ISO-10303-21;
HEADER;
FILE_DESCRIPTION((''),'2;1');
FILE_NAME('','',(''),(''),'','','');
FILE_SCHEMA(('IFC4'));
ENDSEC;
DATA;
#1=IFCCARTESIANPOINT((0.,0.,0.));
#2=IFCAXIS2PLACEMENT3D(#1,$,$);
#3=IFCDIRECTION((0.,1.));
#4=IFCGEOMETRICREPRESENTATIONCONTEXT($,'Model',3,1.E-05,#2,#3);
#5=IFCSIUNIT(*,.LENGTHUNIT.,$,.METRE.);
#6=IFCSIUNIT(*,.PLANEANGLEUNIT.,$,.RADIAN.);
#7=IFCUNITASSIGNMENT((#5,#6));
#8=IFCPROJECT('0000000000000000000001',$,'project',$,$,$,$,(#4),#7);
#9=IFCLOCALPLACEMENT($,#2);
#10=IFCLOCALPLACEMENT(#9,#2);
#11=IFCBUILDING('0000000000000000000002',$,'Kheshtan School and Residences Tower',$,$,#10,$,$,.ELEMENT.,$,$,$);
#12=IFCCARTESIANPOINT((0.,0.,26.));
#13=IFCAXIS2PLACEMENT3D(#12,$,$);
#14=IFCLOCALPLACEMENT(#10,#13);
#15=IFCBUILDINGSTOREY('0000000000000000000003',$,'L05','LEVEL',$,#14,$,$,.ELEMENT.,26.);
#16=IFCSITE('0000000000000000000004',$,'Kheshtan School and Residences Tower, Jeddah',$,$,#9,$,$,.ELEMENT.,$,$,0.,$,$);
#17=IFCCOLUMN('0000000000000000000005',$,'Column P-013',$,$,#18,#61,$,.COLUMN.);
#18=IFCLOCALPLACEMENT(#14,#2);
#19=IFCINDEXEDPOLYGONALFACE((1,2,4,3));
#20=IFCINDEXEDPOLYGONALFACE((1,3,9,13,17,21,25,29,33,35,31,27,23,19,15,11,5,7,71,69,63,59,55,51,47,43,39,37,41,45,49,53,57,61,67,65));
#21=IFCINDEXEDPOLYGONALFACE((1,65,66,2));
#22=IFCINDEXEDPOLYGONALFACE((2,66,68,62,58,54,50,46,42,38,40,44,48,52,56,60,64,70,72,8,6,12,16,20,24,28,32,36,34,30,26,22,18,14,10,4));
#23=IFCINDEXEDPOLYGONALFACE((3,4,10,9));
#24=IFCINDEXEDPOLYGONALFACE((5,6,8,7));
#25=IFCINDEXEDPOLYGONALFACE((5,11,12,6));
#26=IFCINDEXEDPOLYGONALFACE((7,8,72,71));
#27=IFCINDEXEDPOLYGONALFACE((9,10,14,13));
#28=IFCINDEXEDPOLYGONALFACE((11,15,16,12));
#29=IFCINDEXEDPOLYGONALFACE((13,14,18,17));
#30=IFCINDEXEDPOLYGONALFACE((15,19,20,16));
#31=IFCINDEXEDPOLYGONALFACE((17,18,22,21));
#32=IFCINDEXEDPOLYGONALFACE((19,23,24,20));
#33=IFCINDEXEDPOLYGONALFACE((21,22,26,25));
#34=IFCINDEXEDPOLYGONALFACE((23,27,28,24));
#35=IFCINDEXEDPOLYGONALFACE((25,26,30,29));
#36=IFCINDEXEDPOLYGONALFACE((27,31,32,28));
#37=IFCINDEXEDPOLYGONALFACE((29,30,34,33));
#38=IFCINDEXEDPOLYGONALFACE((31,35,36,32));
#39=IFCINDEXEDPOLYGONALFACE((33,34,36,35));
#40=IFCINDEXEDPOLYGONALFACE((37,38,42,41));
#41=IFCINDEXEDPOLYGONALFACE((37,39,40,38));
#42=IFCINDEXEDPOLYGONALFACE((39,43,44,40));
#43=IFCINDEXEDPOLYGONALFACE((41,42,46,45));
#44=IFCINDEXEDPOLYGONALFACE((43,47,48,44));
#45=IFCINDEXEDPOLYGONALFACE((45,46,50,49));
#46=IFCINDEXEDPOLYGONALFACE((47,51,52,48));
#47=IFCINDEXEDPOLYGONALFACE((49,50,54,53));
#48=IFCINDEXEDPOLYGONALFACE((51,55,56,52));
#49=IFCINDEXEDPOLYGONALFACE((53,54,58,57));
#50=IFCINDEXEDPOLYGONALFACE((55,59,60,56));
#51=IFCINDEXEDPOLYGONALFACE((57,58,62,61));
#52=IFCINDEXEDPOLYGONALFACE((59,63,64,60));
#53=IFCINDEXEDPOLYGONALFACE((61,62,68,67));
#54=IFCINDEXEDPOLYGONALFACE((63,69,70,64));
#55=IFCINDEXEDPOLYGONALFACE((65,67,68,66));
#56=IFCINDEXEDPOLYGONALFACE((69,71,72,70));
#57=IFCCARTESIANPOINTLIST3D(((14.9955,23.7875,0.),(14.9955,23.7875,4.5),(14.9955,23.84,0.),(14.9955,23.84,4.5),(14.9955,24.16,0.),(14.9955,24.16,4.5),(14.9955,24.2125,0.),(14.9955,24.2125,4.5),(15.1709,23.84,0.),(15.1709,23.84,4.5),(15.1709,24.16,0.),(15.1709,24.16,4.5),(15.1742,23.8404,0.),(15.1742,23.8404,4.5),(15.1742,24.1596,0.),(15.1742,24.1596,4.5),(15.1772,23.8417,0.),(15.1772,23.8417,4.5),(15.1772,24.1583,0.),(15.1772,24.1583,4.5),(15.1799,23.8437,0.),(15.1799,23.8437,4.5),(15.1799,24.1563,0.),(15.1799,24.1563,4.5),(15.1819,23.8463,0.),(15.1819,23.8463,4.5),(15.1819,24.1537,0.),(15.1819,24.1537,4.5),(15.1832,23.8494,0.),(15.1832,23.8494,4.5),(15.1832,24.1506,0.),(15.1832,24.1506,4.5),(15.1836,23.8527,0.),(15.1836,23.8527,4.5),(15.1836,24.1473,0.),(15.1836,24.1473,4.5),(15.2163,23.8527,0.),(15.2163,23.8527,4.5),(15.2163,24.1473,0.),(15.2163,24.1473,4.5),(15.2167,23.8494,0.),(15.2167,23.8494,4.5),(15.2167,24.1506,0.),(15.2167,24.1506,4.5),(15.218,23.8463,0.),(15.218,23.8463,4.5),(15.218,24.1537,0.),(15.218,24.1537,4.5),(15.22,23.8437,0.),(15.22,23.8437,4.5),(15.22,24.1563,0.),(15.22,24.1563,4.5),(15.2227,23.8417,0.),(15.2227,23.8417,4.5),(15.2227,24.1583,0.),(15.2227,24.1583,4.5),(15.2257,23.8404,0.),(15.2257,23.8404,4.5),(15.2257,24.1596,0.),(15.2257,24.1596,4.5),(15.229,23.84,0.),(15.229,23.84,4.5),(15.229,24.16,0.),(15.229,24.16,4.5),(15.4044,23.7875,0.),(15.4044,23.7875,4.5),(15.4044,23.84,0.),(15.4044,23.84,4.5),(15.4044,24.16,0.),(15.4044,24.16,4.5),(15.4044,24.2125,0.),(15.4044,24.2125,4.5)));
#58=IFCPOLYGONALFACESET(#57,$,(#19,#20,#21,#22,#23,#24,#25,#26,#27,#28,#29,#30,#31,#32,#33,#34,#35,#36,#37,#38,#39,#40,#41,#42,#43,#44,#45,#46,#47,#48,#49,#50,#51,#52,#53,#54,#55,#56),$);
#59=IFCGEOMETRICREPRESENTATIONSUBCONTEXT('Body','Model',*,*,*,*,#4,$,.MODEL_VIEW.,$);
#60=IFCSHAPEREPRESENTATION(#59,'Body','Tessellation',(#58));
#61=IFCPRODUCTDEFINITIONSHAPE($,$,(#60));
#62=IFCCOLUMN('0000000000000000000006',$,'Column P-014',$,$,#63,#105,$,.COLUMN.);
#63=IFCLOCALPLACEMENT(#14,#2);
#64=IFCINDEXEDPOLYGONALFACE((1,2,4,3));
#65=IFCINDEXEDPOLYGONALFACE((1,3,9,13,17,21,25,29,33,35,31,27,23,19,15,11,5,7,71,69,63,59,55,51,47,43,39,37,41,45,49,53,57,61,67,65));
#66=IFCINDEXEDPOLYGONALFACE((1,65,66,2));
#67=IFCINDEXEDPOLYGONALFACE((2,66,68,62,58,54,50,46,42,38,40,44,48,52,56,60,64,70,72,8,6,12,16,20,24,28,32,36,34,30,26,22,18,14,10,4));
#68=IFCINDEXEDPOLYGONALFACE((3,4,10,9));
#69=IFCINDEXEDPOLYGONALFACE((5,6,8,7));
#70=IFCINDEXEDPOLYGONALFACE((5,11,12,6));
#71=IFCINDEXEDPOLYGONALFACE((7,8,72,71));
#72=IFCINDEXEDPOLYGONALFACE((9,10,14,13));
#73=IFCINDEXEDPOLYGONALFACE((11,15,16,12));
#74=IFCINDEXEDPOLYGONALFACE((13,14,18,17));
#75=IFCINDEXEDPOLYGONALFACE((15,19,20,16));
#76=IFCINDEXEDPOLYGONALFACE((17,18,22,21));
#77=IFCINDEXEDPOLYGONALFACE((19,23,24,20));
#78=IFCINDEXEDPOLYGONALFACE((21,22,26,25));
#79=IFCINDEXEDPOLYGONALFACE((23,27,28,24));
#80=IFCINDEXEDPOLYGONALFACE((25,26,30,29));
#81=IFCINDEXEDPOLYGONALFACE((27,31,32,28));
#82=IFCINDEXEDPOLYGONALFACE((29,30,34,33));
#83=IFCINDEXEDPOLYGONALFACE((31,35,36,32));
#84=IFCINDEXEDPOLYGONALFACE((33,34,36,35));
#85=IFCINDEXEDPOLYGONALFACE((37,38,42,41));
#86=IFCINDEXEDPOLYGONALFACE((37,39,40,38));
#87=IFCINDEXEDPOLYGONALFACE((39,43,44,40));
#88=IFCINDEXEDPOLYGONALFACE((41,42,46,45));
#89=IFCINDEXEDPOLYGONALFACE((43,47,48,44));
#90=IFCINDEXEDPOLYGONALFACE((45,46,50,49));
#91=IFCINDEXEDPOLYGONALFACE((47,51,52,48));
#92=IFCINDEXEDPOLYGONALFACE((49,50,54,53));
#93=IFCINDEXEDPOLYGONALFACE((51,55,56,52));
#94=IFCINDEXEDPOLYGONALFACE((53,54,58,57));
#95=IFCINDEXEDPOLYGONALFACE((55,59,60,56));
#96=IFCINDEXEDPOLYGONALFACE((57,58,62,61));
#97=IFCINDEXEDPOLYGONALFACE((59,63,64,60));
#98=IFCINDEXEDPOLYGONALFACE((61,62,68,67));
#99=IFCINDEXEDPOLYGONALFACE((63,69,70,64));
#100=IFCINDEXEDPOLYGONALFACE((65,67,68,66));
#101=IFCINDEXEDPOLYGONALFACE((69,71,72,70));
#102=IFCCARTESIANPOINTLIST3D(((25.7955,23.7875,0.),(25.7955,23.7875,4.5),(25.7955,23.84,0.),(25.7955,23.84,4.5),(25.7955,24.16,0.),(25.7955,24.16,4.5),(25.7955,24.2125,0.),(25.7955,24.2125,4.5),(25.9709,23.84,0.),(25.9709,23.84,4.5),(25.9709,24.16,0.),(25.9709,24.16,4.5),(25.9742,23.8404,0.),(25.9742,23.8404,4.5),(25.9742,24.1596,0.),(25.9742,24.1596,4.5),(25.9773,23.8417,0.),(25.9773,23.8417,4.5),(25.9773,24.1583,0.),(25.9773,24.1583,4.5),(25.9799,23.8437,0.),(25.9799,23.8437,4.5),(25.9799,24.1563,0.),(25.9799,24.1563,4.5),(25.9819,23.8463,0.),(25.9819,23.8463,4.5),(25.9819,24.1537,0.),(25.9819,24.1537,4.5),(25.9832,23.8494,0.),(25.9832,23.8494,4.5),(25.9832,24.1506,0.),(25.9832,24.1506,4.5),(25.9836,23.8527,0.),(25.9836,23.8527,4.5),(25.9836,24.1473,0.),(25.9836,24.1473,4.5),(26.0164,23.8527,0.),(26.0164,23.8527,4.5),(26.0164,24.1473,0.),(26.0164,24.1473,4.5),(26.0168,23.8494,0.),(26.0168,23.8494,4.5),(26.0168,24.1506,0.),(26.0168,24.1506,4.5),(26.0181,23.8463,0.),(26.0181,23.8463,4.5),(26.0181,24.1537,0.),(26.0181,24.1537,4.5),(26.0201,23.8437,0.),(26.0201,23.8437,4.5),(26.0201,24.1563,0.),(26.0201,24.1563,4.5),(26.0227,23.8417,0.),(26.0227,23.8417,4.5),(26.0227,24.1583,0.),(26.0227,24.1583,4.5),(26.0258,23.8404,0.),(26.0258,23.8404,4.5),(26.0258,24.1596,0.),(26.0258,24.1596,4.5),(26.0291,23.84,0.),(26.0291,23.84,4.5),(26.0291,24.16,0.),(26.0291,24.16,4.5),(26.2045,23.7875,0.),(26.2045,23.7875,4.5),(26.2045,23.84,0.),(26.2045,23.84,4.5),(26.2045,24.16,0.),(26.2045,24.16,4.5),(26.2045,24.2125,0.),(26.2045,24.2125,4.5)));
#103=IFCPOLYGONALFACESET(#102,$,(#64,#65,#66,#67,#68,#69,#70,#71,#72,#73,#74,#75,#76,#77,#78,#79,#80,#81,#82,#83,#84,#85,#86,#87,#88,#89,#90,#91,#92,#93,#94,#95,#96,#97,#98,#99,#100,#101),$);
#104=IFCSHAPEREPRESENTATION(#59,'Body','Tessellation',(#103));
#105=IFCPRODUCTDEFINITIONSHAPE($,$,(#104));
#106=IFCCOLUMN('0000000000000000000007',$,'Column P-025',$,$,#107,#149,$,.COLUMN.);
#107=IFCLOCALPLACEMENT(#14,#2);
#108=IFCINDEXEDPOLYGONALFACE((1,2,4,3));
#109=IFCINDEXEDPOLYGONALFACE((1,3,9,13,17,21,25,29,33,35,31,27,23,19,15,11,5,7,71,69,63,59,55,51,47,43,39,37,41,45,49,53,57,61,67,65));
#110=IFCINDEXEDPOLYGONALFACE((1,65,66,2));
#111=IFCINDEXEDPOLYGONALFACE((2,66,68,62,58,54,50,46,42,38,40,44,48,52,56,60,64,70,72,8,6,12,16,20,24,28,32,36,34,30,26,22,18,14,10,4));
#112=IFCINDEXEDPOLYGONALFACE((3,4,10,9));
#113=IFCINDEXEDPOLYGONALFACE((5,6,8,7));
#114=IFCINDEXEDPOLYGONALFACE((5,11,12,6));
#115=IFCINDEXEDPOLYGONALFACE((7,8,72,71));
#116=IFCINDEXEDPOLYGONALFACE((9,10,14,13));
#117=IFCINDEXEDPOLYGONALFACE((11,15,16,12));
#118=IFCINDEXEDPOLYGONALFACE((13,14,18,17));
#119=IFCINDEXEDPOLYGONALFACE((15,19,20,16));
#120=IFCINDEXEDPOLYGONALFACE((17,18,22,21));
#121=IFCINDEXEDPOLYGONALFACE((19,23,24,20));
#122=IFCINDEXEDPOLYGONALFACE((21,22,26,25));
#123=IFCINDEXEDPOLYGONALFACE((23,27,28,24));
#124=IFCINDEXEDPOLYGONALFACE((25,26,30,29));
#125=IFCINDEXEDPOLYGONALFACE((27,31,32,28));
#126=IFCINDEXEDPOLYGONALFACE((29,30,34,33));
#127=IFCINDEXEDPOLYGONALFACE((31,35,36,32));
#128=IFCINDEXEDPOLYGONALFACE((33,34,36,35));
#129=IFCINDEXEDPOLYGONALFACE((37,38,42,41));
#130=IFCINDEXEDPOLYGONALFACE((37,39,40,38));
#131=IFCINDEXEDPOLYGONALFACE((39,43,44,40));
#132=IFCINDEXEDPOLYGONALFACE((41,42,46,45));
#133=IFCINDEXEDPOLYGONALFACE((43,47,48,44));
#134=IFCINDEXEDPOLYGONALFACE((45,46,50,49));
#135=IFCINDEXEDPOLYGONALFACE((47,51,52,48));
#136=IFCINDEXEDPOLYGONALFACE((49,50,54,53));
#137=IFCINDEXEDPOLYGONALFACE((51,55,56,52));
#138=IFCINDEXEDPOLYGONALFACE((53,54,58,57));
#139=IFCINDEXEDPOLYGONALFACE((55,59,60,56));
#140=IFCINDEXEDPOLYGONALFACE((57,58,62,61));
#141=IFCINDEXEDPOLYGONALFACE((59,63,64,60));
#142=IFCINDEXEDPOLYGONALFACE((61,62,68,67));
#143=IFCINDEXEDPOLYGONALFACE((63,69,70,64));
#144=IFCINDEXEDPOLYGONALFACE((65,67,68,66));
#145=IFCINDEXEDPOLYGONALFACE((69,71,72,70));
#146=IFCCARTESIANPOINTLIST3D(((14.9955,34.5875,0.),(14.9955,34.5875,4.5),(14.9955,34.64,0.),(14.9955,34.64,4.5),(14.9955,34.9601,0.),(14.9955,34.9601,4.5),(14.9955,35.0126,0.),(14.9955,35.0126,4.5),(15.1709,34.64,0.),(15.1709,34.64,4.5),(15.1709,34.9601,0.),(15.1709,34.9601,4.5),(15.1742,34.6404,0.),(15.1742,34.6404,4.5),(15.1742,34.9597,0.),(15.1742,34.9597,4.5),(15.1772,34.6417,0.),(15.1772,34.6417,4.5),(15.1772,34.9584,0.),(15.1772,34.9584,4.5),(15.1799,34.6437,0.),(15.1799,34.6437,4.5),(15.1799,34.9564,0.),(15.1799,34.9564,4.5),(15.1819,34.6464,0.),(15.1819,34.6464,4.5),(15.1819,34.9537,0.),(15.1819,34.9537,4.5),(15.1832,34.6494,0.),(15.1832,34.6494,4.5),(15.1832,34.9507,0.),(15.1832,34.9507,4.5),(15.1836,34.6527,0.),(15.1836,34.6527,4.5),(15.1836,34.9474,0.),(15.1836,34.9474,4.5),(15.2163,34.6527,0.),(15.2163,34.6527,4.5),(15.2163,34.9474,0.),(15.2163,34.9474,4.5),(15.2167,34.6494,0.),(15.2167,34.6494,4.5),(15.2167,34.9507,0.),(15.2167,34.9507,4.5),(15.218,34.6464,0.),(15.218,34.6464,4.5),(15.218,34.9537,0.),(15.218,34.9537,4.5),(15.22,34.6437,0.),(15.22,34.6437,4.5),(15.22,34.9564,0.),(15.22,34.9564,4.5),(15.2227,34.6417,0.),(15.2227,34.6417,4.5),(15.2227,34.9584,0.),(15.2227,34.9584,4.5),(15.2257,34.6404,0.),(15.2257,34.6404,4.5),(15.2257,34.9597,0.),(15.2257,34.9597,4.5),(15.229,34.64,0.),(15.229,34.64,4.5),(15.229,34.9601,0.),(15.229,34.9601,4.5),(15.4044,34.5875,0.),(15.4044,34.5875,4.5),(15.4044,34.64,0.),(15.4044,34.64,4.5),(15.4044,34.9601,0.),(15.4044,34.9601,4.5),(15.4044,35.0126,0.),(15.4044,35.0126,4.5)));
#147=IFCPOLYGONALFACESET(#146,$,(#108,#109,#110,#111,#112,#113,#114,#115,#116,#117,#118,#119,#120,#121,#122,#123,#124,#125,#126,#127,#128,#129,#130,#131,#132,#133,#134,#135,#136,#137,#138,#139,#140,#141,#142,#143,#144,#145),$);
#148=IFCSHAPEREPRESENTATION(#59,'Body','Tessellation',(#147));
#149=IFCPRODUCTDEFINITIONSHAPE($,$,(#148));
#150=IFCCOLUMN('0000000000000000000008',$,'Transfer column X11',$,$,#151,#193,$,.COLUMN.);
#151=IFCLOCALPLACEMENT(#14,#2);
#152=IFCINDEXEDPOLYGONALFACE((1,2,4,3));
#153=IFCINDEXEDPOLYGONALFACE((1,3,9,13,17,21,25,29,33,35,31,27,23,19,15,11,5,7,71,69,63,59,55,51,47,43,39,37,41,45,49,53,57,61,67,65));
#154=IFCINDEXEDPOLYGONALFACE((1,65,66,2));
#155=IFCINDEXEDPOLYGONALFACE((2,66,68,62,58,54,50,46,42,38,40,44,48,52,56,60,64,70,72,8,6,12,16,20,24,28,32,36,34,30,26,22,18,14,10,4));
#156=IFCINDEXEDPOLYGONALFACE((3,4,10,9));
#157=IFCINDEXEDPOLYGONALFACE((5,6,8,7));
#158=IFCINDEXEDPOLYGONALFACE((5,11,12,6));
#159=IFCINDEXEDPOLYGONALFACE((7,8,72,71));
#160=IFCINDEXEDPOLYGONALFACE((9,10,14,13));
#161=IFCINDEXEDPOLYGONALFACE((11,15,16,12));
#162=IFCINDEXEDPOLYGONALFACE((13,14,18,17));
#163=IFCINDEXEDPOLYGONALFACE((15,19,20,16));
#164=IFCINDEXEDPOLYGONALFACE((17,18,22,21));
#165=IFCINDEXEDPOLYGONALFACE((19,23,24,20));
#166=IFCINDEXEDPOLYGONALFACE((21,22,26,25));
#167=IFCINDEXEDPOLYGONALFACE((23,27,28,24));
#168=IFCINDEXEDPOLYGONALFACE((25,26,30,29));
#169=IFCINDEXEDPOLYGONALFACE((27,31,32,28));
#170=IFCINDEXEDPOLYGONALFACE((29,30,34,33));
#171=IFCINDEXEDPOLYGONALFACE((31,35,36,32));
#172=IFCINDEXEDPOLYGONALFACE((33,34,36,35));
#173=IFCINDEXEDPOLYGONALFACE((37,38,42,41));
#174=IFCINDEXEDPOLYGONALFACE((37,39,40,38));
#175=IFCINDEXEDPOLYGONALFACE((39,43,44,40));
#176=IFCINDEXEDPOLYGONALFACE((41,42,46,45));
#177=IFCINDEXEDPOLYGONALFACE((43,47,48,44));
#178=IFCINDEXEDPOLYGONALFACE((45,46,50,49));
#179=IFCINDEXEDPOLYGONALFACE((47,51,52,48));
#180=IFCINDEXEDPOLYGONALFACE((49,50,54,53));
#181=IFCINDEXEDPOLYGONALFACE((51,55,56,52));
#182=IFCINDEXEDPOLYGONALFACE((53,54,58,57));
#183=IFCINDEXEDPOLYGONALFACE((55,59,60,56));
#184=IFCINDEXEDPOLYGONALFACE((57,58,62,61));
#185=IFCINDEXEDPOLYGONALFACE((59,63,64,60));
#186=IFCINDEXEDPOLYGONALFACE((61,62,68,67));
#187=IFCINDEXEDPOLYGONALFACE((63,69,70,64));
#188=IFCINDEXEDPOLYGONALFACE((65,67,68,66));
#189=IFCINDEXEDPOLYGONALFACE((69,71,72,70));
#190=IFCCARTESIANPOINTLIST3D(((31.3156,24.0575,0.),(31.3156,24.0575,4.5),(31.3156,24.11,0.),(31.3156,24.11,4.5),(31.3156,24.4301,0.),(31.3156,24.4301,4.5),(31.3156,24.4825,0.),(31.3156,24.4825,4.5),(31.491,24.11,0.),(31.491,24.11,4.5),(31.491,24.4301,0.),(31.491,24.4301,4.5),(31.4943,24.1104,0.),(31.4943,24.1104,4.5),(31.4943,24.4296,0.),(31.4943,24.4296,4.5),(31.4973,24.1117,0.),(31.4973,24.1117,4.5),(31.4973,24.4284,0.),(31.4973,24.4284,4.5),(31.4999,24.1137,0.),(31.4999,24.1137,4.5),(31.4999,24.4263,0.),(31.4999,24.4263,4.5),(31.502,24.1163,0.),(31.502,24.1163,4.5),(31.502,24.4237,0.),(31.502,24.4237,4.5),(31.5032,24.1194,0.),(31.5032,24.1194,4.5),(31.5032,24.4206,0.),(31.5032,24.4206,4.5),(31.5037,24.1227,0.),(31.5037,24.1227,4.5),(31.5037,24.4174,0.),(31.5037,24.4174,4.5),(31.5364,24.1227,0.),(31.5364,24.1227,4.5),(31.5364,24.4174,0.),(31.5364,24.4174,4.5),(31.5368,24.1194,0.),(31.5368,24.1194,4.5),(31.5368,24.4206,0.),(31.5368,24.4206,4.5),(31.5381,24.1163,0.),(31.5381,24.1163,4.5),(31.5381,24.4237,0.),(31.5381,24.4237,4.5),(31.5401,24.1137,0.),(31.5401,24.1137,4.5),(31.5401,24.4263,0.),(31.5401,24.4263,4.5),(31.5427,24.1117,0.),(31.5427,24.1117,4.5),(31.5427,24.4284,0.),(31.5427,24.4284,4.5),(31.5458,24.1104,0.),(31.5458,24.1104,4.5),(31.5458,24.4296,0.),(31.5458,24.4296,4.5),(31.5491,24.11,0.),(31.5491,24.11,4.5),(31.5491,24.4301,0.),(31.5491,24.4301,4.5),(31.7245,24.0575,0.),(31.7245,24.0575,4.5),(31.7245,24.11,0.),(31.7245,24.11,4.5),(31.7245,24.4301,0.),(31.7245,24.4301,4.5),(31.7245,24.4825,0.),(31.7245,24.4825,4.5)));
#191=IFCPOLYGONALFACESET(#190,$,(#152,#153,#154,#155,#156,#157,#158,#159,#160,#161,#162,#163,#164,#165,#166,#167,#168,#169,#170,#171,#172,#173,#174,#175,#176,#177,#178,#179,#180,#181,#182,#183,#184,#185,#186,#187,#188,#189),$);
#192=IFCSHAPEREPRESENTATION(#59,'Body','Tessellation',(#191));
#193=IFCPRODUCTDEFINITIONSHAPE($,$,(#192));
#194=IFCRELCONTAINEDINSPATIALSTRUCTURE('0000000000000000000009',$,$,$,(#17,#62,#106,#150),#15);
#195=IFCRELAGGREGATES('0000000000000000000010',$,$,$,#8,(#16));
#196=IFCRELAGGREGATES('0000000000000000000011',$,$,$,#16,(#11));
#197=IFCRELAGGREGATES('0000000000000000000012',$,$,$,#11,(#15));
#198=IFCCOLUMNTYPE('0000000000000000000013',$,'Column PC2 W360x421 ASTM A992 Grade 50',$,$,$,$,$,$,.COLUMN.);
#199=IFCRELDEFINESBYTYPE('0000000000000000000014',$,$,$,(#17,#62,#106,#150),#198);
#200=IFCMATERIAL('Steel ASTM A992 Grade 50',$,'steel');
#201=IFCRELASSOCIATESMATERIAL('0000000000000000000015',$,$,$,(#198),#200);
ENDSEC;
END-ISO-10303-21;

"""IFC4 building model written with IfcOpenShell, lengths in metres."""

from ifc_helpers import new_model, si_unit, direction, frame, origin, origin_2d, place, context, subcontext, project, spatial, i_section, extrude, material, material_profile, profile_set, type_object, element, save


model = new_model("IFC4")

# Units and contexts
model_context = context("Model", 3, precision=1e-05, world=origin(), true_north=direction((0.0, 1.0)))
body_context = subcontext(model_context, "Body", "Model", "MODEL_VIEW")
ifc_project = project(units=[si_unit("LENGTHUNIT", "METRE"), si_unit("PLANEANGLEUNIT", "RADIAN")], contexts=[model_context])

# Site, building, storey
site_placement = place(None, origin())
site = spatial("IfcSite", under=ifc_project, at=site_placement, Name="Kheshtan School and Residences Tower, Jeddah", CompositionType="ELEMENT", RefElevation=0.0)
building_placement = place(site_placement, origin())
building = spatial("IfcBuilding", under=site, at=building_placement, Name="Kheshtan School and Residences Tower", CompositionType="ELEMENT")
storey_placement = place(building_placement, frame((0.0, 0.0, 26.0)))
storey = spatial("IfcBuildingStorey", under=building, at=storey_placement, Name="L05", Description="LEVEL", CompositionType="ELEMENT", Elevation=26.0)

# Columns
ifc_material_1 = material(Name="Steel ASTM A992 Grade 50", Category="steel")
ifc_material_profile_1 = material_profile(ifc_material_1, i_section(OverallWidth=0.4089, OverallDepth=0.425, WebThickness=0.0327, FlangeThickness=0.0525, FilletRadius=0.0127, at=origin_2d()), Name="W360x421")
ifc_profile_set_1 = profile_set([ifc_material_profile_1], Name="Steel ASTM A992 Grade 50")
column_type = type_object("IfcColumnType", Name="Column PC2 W360x421 ASTM A992 Grade 50", PredefinedType="COLUMN", material=ifc_profile_set_1)
for number, where, z_axis, x_axis, name in (
    (1, (15.2, 24.0, 0.0), (0.0, 0.0, 1.0), (1.0, 0.0, 0.0), "Column P-013"),
    (2, (26.0, 24.0, 0.0), (0.0, 0.0, 1.0), (1.0, 0.0, 0.0), "Column P-014"),
    (3, (15.2, 34.8, 0.0), (0.0, 0.0, 1.0), (1.0, 0.0, 0.0), "Column P-025"),
    (4, (31.52, 24.27, 0.0), (0.0, 0.0, 1.0), (1.0, 0.0, 0.0), "Transfer column X11"),
):
    element("IfcColumn", number, at=place(storey_placement, frame(where, z_axis=z_axis, x_axis=x_axis)), inside=storey, type_object=column_type, Name=name, PredefinedType="COLUMN", context=body_context, shape_type="SweptSolid", body=[
        extrude(i_section(OverallWidth=0.4089, OverallDepth=0.425, WebThickness=0.0327, FlangeThickness=0.0525, FilletRadius=0.0127, at=origin_2d()), origin(), (0.0, 0.0, 1.0), 4.5),
    ])

save(model, "model.ifc")
